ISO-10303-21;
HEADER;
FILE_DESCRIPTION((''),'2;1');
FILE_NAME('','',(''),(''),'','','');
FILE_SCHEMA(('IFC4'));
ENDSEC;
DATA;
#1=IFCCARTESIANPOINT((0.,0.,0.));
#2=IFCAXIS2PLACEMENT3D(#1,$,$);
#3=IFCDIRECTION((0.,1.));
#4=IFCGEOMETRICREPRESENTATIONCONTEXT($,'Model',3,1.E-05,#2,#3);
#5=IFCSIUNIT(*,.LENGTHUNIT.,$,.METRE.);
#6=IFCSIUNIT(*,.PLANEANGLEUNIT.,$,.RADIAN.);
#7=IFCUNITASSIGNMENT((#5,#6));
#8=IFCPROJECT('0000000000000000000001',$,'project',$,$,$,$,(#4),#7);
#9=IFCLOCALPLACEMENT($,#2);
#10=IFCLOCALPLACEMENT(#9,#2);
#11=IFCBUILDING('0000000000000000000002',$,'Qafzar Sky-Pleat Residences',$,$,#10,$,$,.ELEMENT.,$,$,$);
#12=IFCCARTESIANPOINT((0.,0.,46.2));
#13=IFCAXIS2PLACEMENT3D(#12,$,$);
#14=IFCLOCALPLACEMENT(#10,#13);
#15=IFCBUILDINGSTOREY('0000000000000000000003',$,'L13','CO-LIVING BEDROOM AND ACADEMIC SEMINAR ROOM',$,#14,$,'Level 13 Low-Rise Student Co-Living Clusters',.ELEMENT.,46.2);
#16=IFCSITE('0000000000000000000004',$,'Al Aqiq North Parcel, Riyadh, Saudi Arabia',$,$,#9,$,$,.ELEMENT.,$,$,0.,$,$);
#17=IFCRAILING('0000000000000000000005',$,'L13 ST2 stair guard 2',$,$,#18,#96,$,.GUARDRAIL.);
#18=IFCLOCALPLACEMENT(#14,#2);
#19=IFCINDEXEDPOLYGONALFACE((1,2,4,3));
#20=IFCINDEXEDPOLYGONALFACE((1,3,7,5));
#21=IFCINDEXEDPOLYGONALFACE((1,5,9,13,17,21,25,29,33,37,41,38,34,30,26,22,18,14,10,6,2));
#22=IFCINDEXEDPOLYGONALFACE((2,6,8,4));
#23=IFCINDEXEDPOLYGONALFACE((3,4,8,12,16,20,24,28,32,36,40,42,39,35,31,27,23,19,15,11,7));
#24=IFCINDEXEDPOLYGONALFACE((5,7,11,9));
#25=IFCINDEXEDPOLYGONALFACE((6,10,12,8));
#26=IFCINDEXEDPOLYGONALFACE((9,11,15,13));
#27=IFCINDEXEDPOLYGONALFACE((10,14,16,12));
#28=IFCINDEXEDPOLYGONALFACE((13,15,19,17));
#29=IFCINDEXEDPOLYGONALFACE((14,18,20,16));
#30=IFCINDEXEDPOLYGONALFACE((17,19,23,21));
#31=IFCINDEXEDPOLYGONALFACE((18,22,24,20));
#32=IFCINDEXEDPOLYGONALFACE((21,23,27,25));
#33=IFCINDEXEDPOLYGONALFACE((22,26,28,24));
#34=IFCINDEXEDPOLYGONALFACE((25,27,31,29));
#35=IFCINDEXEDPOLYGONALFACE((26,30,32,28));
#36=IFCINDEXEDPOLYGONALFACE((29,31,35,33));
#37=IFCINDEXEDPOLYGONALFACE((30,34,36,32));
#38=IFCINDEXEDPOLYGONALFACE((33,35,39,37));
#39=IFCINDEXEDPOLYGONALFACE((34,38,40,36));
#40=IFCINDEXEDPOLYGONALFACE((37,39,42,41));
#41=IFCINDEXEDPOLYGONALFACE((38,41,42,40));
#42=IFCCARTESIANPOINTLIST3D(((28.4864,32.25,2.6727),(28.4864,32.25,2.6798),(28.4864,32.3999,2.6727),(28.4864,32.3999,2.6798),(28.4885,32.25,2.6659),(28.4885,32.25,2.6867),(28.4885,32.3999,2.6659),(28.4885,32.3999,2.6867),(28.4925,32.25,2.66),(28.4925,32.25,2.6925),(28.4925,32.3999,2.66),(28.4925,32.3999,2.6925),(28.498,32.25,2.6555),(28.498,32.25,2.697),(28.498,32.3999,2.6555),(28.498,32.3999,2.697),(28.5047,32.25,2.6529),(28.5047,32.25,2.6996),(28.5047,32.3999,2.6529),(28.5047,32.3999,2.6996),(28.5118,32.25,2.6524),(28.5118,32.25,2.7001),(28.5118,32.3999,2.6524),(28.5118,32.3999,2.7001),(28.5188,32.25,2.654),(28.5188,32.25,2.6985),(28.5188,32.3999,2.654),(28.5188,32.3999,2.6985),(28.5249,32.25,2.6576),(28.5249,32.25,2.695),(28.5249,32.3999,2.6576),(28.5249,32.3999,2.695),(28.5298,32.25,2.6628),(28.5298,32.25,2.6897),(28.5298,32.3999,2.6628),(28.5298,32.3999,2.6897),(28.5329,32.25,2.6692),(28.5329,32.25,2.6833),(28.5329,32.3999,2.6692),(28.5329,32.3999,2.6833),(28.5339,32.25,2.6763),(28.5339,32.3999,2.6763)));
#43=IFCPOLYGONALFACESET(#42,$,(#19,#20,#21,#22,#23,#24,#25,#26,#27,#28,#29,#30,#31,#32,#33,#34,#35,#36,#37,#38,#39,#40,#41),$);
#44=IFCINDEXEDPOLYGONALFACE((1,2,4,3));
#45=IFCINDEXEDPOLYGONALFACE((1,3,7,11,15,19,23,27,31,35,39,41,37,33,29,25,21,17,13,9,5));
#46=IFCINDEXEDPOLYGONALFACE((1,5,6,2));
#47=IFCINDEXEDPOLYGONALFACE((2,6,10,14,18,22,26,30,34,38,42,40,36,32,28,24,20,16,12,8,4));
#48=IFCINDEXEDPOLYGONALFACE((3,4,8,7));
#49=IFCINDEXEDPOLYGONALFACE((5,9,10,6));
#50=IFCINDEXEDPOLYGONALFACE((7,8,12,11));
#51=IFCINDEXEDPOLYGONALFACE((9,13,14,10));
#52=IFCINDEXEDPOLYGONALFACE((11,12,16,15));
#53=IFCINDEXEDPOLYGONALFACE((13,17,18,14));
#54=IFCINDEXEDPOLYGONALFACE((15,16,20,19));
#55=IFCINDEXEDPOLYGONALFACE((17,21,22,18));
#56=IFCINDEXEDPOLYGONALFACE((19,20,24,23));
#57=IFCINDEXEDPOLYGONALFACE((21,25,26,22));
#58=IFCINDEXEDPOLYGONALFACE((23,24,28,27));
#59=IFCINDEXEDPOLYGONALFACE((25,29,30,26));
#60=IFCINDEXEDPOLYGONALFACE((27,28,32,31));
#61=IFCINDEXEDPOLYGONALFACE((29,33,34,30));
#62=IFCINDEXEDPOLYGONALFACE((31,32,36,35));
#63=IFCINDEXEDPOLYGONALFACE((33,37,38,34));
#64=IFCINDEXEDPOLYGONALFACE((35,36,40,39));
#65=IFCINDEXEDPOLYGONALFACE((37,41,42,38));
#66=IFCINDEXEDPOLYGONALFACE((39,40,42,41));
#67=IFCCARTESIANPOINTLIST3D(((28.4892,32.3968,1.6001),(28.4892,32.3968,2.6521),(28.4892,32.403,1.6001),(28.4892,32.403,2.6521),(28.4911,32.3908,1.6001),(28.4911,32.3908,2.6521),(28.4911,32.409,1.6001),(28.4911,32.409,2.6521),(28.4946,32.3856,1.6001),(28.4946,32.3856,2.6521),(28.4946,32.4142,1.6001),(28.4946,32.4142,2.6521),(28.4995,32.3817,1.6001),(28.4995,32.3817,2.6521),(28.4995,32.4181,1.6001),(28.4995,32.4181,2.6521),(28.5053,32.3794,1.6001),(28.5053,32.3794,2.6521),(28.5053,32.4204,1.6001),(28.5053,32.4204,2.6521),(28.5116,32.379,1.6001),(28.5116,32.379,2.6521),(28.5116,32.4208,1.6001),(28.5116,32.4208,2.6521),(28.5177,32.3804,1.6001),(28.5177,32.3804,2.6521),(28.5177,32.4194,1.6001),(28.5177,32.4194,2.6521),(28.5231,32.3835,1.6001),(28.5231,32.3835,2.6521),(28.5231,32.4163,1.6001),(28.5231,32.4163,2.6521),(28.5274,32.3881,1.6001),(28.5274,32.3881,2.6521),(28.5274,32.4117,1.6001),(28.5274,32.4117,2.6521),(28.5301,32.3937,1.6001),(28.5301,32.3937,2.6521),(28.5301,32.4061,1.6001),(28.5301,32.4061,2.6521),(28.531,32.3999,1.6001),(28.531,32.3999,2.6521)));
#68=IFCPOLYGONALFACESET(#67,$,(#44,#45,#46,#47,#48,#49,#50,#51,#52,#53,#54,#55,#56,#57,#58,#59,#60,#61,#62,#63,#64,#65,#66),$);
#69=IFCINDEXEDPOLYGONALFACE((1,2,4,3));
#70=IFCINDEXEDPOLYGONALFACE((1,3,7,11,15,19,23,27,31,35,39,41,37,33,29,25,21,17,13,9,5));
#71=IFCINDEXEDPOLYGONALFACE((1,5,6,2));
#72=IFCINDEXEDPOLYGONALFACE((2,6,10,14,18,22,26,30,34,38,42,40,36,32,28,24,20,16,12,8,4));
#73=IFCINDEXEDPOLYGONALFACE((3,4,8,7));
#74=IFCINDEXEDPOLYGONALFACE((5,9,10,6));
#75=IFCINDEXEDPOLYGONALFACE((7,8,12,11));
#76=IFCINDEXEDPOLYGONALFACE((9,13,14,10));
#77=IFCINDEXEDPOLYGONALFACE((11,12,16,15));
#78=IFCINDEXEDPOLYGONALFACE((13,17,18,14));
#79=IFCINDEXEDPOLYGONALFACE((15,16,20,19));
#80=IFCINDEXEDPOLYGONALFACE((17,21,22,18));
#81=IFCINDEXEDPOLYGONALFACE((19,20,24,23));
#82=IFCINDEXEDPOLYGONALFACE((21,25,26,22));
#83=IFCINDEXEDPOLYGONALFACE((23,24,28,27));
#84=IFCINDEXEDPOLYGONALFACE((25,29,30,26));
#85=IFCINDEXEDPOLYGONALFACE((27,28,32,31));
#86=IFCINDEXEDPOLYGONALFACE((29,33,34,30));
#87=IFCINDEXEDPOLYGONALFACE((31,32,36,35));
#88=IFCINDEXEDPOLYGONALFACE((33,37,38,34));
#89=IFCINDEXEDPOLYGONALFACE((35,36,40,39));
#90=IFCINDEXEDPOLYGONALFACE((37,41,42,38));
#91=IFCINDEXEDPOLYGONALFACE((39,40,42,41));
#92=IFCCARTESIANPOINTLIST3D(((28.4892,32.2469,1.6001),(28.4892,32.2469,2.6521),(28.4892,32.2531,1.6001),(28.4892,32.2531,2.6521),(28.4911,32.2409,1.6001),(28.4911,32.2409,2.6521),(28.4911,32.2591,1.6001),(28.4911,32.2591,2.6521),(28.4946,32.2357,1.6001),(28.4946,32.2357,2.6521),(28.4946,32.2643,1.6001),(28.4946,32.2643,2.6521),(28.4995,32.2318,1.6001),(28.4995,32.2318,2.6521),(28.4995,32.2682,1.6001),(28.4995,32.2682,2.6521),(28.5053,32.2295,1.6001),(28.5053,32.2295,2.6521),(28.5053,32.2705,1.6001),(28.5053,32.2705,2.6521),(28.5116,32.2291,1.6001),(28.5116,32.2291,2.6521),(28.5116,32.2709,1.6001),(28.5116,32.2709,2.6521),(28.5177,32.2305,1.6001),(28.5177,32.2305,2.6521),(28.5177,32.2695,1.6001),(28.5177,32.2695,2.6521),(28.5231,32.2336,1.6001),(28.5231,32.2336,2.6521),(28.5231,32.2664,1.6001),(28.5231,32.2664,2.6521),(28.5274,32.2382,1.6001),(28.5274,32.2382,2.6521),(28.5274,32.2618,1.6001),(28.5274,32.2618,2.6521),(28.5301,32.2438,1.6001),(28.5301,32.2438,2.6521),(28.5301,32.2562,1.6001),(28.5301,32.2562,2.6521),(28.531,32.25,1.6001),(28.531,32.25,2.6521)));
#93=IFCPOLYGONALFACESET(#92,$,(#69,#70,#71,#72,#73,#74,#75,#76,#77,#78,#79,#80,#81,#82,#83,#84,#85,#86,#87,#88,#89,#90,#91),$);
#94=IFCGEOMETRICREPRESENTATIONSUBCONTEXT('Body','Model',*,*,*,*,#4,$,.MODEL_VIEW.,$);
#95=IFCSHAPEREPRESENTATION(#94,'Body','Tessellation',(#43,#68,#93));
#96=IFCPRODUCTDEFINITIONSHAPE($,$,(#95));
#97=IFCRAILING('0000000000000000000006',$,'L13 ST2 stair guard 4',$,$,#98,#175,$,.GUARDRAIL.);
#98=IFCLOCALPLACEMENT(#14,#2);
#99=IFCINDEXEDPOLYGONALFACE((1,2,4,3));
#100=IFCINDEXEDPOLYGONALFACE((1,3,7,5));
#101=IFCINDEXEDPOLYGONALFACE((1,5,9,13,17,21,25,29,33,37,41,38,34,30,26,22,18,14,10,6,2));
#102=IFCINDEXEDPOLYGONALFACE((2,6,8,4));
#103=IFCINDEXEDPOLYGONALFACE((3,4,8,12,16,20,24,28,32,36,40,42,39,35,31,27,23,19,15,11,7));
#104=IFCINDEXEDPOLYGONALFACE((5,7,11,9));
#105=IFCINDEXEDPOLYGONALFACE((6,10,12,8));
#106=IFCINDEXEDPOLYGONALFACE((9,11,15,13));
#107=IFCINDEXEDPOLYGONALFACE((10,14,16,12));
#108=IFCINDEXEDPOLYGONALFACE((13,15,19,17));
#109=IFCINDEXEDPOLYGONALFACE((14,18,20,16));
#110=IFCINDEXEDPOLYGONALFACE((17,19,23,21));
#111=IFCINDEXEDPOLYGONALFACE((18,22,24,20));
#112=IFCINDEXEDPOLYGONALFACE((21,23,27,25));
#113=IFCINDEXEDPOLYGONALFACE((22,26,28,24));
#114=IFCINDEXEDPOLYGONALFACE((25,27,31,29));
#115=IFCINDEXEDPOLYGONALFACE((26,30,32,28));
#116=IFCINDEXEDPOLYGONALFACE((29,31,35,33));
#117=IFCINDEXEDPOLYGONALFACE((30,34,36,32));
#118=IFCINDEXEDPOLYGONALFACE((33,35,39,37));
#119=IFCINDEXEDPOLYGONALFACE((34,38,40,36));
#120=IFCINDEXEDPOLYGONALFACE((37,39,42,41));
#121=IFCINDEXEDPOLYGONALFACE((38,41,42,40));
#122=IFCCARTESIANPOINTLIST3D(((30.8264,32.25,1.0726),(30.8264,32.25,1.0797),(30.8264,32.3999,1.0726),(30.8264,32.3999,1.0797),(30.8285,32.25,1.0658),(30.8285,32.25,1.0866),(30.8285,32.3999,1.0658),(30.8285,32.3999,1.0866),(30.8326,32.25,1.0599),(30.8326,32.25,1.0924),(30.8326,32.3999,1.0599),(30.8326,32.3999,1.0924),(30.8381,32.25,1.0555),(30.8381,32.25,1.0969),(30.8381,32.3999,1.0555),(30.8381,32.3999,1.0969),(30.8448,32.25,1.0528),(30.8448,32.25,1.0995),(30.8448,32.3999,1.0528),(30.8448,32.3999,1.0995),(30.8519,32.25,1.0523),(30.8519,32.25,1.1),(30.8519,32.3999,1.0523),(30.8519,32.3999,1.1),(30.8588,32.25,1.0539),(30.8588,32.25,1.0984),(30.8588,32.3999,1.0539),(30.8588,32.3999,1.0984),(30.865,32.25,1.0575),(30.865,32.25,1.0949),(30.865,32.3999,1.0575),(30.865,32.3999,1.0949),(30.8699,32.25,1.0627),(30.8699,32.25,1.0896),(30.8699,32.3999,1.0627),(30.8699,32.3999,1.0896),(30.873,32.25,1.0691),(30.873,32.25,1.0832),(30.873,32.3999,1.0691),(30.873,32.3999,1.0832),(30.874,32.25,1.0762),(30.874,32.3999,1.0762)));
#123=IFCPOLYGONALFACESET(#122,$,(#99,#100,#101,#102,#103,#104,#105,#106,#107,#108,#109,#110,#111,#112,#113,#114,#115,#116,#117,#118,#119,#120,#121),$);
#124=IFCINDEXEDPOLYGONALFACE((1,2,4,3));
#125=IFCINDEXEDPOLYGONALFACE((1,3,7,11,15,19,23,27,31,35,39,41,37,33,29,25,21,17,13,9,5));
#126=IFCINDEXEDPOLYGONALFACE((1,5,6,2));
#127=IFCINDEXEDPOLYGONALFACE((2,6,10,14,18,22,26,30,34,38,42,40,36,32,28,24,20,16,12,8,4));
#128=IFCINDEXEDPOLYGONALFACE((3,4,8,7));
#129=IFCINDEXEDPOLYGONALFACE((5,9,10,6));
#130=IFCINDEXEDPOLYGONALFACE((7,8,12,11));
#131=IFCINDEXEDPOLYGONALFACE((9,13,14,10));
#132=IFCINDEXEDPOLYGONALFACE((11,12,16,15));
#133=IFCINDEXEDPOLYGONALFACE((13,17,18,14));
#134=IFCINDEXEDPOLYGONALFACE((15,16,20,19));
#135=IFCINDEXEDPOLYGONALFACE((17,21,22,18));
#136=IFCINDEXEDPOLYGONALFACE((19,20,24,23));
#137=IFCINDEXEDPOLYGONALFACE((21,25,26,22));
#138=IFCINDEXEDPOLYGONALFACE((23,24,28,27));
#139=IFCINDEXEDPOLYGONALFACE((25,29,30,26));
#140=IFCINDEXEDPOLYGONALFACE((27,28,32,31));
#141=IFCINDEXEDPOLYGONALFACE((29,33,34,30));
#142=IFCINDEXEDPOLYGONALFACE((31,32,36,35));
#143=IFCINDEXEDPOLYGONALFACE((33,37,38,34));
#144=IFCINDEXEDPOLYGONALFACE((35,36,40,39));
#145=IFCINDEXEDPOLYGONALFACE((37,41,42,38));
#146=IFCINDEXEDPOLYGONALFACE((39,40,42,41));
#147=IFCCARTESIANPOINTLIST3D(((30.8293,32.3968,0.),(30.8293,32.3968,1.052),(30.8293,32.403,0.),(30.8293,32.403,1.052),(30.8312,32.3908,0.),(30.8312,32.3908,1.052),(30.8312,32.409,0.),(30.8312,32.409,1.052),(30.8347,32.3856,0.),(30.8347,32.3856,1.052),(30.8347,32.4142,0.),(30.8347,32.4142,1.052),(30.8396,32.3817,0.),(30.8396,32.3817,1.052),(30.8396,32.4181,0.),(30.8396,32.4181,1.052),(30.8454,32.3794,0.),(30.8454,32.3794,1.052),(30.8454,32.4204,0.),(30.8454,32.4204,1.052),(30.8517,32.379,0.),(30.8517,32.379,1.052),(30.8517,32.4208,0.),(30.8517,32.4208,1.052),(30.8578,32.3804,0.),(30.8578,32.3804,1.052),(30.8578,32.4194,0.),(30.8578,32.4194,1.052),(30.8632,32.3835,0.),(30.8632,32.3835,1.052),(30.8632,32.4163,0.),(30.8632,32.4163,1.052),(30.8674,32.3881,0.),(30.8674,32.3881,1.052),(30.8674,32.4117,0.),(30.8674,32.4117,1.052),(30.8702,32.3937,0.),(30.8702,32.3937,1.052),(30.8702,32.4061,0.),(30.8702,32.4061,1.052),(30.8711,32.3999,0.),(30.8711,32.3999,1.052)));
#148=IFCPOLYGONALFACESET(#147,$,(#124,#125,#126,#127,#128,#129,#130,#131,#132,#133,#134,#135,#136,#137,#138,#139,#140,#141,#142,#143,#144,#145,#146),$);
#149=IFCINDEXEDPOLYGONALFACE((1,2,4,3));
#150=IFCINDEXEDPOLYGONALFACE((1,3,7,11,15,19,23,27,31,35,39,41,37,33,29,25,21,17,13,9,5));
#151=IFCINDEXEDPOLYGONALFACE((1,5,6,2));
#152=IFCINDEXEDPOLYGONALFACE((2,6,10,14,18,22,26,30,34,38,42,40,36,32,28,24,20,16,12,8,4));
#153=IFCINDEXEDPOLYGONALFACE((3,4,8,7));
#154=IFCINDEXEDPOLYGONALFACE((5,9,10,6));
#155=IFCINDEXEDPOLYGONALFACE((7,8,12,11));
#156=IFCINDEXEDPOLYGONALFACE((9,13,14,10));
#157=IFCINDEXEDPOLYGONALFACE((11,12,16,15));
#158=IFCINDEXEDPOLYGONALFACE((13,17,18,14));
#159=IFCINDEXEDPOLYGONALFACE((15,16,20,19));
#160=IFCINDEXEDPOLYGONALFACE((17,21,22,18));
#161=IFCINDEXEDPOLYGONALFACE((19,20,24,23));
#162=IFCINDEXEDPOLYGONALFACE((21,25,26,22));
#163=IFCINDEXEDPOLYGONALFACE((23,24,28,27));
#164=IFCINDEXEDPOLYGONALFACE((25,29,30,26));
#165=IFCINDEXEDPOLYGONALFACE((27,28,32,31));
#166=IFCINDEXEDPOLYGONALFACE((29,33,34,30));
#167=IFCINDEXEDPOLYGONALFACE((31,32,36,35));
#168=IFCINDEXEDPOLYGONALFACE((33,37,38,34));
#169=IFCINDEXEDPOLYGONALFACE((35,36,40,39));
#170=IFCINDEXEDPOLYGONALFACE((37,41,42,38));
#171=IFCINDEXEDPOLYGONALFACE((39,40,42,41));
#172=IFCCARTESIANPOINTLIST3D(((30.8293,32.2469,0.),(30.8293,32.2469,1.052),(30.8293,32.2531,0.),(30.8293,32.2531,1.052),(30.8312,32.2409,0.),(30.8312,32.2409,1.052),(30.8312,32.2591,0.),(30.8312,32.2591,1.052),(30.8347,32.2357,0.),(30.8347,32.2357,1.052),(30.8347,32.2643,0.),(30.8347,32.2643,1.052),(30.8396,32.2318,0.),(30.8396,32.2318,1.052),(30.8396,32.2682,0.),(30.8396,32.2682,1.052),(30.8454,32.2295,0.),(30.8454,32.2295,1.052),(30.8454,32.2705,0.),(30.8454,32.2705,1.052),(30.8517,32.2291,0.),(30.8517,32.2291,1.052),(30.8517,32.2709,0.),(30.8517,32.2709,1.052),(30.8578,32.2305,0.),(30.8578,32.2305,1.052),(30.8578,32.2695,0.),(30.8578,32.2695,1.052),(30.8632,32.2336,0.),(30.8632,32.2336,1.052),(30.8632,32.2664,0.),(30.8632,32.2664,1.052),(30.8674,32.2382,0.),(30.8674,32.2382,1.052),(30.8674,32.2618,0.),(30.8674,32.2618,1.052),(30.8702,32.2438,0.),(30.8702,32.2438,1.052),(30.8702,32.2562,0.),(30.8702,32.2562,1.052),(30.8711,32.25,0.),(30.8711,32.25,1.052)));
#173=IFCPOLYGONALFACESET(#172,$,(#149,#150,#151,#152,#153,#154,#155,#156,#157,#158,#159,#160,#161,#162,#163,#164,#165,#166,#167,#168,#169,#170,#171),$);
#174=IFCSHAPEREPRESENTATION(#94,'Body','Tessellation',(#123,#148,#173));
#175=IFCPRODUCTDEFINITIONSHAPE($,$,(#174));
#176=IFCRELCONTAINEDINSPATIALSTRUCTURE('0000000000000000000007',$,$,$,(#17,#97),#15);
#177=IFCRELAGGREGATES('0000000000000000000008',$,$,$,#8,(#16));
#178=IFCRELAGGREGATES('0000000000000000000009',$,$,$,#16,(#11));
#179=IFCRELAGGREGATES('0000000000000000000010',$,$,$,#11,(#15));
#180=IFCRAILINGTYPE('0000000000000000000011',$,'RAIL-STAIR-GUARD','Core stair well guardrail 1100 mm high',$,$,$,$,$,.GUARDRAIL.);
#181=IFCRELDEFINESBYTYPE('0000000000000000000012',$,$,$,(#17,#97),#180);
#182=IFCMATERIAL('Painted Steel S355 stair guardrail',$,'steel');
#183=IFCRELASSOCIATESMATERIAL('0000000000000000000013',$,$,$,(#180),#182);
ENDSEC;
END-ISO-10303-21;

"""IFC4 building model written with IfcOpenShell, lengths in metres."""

from ifc_helpers import new_model, si_unit, direction, frame, origin, origin_2d, place, context, subcontext, project, spatial, circle, extrude, source, transform, mapped, material, type_object, element, save


model = new_model("IFC4")

# Units and contexts
model_context = context("Model", 3, precision=1e-05, world=origin(), true_north=direction((0.0, 1.0)))
body_context = subcontext(model_context, "Body", "Model", "MODEL_VIEW")
ifc_project = project(units=[si_unit("LENGTHUNIT", "METRE"), si_unit("PLANEANGLEUNIT", "RADIAN")], contexts=[model_context])

# Site, building, storey
site_placement = place(None, origin())
site = spatial("IfcSite", under=ifc_project, at=site_placement, Name="Al Aqiq North Parcel, Riyadh, Saudi Arabia", CompositionType="ELEMENT", RefElevation=0.0)
building_placement = place(site_placement, origin())
building = spatial("IfcBuilding", under=site, at=building_placement, Name="Qafzar Sky-Pleat Residences", CompositionType="ELEMENT")
storey_placement = place(building_placement, frame((0.0, 0.0, 46.2)))
storey = spatial("IfcBuildingStorey", under=building, at=storey_placement, Name="L13", Description="CO-LIVING BEDROOM AND ACADEMIC SEMINAR ROOM", LongName="Level 13 Low-Rise Student Co-Living Clusters", CompositionType="ELEMENT", Elevation=46.2)

# Railings
ifc_material_1 = material(Name="Painted Steel S355 stair guardrail", Category="steel")
railing_type_1 = type_object("IfcRailingType", Name="RAIL-STAIR-GUARD", Description="Core stair well guardrail 1100 mm high", PredefinedType="GUARDRAIL", material=ifc_material_1)
shared_shape_1 = source(origin(), body_context, "Body", "SweptSolid", [
    extrude(circle(Radius=0.0239, at=origin_2d()), frame((0.0, 0.0, 1.0762), z_axis=(0.0, -1.0, 0.0), x_axis=(1.0, 0.0, 0.0)), (0.0, 0.0, 1.0), 0.1499),
    extrude(circle(Radius=0.021, at=origin_2d()), origin(), (0.0, 0.0, 1.0), 1.052),
    extrude(circle(Radius=0.021, at=origin_2d()), frame((0.0, -0.1499, 0.0)), (0.0, 0.0, 1.0), 1.052),
])
for number, where, name in (
    (1, (28.51, 32.3999, 1.6001), "L13 ST2 stair guard 2"),
    (2, (30.8501, 32.3999, 0.0), "L13 ST2 stair guard 4"),
):
    element("IfcRailing", number, at=place(storey_placement, frame(where)), inside=storey, type_object=railing_type_1, Name=name, PredefinedType="GUARDRAIL", context=body_context, shape_type="MappedRepresentation", body=[
        mapped(shared_shape_1, transform((0.0, 0.0, 0.0), x_axis=(1.0, 0.0, 0.0), y_axis=(0.0, 1.0, 0.0), z_axis=(0.0, 0.0, 1.0), scale=1.0)),
    ])

save(model, "model.ifc")
